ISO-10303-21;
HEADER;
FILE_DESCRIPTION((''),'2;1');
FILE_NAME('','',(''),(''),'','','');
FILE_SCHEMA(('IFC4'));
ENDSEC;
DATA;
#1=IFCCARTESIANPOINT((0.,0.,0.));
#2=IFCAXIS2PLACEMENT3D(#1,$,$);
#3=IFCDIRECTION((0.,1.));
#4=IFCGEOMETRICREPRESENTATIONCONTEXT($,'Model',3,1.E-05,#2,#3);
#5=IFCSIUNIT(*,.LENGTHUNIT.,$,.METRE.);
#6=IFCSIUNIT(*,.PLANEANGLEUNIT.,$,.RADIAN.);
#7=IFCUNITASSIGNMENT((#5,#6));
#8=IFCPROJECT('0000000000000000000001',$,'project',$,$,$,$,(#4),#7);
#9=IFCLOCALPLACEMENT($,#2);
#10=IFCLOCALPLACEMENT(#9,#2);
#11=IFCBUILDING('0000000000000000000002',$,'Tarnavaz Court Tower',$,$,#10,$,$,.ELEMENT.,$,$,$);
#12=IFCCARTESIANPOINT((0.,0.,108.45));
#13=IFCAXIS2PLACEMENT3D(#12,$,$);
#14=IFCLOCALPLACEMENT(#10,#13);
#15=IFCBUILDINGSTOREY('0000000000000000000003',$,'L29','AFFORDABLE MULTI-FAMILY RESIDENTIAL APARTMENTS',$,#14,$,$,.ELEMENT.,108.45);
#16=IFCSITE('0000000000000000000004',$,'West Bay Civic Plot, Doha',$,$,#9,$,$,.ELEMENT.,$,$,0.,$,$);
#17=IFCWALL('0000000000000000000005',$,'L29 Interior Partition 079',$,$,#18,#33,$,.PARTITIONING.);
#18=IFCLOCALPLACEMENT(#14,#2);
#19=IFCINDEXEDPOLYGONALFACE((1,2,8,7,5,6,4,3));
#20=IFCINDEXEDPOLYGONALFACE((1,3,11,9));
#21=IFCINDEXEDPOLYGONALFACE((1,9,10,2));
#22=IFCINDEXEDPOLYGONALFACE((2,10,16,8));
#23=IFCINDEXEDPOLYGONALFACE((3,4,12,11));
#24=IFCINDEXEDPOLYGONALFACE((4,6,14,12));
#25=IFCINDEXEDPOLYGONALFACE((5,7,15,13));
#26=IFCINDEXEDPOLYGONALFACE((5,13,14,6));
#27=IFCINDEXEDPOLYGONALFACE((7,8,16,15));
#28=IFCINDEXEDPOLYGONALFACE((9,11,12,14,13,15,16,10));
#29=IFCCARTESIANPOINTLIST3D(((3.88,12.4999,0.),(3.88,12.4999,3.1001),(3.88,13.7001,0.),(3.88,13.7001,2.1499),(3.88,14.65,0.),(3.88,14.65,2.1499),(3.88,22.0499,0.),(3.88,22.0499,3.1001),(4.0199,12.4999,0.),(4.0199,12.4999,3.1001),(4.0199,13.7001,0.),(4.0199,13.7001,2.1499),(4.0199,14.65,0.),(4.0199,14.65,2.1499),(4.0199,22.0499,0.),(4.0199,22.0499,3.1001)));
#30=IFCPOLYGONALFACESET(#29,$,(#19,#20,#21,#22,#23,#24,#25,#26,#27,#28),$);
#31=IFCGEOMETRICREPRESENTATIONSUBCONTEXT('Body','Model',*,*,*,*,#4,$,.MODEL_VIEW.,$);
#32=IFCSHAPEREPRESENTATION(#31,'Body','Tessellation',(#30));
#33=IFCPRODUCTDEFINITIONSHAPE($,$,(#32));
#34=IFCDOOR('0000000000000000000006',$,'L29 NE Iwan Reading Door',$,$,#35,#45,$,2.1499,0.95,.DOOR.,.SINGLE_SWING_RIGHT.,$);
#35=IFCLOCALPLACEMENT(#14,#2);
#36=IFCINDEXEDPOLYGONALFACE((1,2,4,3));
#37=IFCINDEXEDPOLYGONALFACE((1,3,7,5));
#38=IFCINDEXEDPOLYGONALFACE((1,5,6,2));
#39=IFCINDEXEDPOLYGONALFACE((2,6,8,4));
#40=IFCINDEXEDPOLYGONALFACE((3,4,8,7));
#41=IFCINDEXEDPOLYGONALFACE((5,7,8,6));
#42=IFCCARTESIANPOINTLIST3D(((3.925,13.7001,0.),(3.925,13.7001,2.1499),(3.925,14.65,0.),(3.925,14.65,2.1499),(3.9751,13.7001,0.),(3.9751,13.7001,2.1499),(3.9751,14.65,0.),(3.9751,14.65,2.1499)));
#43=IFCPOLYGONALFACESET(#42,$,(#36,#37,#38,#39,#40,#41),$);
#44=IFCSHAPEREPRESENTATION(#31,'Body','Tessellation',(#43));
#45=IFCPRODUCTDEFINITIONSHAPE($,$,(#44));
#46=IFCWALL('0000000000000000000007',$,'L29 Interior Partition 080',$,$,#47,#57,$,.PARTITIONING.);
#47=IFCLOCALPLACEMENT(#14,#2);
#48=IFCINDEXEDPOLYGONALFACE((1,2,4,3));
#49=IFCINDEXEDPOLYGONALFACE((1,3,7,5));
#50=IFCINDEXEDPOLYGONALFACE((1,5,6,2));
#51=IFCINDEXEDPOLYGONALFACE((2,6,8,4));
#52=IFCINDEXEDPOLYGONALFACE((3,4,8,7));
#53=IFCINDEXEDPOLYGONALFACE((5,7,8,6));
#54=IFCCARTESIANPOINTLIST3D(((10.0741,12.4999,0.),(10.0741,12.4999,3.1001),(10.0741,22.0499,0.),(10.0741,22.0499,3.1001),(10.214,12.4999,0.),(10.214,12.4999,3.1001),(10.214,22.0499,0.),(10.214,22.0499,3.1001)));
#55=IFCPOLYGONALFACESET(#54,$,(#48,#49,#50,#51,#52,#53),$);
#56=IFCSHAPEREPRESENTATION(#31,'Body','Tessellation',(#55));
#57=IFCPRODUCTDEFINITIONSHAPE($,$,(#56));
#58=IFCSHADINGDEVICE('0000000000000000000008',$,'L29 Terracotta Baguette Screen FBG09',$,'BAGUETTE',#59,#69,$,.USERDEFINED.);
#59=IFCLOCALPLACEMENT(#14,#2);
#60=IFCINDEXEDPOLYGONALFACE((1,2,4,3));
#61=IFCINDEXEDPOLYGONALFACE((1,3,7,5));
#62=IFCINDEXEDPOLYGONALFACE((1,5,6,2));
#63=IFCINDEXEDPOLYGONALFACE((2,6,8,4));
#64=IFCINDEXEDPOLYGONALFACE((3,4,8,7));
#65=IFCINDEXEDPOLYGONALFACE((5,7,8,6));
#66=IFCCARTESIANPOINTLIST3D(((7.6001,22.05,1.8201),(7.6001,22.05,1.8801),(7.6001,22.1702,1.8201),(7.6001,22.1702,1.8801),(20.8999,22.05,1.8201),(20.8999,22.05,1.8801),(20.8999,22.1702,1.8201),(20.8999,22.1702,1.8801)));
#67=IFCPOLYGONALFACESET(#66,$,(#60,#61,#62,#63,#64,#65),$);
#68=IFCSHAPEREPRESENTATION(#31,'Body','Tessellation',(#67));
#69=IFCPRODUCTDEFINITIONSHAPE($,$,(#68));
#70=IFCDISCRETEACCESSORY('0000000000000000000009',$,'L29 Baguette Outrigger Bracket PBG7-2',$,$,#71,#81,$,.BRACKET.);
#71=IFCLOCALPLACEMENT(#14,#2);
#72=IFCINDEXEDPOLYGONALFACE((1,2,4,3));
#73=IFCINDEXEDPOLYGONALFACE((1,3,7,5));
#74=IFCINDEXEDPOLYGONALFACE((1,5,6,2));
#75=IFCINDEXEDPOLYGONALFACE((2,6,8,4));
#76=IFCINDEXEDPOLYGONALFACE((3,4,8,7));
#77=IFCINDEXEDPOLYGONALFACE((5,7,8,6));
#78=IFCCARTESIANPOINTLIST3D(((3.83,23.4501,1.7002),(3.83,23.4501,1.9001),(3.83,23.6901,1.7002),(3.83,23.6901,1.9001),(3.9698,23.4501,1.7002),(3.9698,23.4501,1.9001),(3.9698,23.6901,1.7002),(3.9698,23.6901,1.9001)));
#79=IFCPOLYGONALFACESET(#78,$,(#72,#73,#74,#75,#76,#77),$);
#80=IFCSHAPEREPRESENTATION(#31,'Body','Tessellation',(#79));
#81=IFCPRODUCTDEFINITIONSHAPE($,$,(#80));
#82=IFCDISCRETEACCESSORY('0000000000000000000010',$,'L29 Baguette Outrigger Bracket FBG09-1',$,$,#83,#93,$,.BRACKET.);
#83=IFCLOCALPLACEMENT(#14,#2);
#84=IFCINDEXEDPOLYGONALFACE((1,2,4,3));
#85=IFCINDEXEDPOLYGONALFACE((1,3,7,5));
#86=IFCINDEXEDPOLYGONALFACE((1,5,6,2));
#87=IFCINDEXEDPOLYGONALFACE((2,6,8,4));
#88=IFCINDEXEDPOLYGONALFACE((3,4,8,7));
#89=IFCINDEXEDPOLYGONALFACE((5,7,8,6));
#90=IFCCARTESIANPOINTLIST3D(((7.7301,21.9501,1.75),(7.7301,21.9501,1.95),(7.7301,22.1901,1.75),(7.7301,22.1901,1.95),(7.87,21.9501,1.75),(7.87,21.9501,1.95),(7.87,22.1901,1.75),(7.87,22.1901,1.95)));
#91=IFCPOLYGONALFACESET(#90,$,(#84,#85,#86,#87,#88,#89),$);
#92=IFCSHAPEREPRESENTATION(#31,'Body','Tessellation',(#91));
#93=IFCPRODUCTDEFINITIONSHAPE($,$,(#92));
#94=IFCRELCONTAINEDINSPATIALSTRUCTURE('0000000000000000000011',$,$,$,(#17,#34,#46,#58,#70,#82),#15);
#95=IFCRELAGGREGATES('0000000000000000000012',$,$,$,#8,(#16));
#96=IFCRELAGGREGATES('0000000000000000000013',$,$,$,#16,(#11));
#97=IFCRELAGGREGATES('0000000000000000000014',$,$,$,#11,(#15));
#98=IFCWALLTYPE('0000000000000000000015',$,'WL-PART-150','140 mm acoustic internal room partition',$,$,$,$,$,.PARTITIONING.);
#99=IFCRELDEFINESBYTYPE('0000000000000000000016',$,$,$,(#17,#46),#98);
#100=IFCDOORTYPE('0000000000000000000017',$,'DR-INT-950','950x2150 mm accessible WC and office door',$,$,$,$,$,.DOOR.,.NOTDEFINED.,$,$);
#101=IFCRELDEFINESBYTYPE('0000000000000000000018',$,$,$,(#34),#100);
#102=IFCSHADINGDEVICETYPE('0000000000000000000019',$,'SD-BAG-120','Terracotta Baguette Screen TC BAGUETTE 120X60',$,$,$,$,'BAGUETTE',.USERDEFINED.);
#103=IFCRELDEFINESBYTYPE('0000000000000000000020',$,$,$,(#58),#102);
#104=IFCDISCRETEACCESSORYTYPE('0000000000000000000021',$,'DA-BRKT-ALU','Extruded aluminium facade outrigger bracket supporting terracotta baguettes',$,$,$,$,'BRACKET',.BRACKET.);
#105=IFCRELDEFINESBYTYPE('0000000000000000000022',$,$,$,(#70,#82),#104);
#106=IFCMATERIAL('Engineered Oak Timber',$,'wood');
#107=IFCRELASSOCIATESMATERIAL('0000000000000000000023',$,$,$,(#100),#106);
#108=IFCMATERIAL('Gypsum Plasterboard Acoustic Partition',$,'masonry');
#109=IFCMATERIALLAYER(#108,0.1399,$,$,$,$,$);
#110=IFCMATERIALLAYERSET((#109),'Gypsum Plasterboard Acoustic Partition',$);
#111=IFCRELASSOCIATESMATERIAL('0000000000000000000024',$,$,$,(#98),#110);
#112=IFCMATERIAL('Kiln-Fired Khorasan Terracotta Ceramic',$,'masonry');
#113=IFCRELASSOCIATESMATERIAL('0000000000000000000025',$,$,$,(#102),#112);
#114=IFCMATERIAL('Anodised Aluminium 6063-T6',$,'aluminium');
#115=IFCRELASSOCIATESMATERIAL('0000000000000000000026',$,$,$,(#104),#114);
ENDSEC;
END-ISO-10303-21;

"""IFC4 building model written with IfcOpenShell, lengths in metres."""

from ifc_helpers import new_model, si_unit, direction, frame, frame_2d, origin, origin_2d, place, context, subcontext, project, spatial, rectangle, extrude, material, layer, layer_set, material_profile, profile_set, type_object, element, fill, save


model = new_model("IFC4")

# Units and contexts
model_context = context("Model", 3, precision=1e-05, world=origin(), true_north=direction((0.0, 1.0)))
body_context = subcontext(model_context, "Body", "Model", "MODEL_VIEW")
ifc_project = project(units=[si_unit("LENGTHUNIT", "METRE"), si_unit("PLANEANGLEUNIT", "RADIAN")], contexts=[model_context])

# Site, building, storey
site_placement = place(None, origin())
site = spatial("IfcSite", under=ifc_project, at=site_placement, Name="West Bay Civic Plot, Doha", CompositionType="ELEMENT", RefElevation=0.0)
building_placement = place(site_placement, origin())
building = spatial("IfcBuilding", under=site, at=building_placement, Name="Tarnavaz Court Tower", CompositionType="ELEMENT")
storey_placement = place(building_placement, frame((0.0, 0.0, 108.45)))
storey = spatial("IfcBuildingStorey", under=building, at=storey_placement, Name="L29", Description="AFFORDABLE MULTI-FAMILY RESIDENTIAL APARTMENTS", CompositionType="ELEMENT", Elevation=108.45)

# Shared definitions
ifc_material_1 = material(Name="Anodised Aluminium 6063-T6", Category="aluminium")

# Shared definitions
ifc_material_2 = material(Name="Engineered Oak Timber", Category="wood")
door_type = type_object("IfcDoorType", Name="DR-INT-950", Description="950x2150 mm accessible WC and office door", OperationType="NOTDEFINED", PredefinedType="DOOR", material=ifc_material_2)

# Wall, opening, door
ifc_material_3 = material(Name="Gypsum Plasterboard Acoustic Partition", Category="masonry")
ifc_layer_1 = layer(ifc_material_3, 0.1399)
ifc_layer_set_1 = layer_set([ifc_layer_1], Name="Gypsum Plasterboard Acoustic Partition")
wall_type_1 = type_object("IfcWallType", Name="WL-PART-150", Description="140 mm acoustic internal room partition", PredefinedType="PARTITIONING", material=ifc_layer_set_1)
wall_1_placement = place(storey_placement, frame((3.95, 12.5, 0.0), z_axis=(0.0, 0.0, 1.0), x_axis=(0.0, 1.0, 0.0)))
wall_1 = element("IfcWall", 1, at=wall_1_placement, inside=storey, type_object=wall_type_1, Name="L29 Interior Partition 079", PredefinedType="PARTITIONING", context=body_context, shape_type="SweptSolid", body=[
    extrude(rectangle(XDim=9.55, YDim=0.1399, at=frame_2d((4.7749, 0.0))), origin(), (0.0, 0.0, 1.0), 3.1001),
])
opening_1_placement = place(wall_1_placement, frame((1.2, 0.0, 0.0)))
opening_1 = element("IfcOpeningElement", 2, at=opening_1_placement, cuts=wall_1, PredefinedType="OPENING", context=body_context, shape_type="SweptSolid", body=[
    extrude(rectangle(XDim=0.95, YDim=2.1499, at=frame_2d((0.4751, 1.075))), frame((0.0, 0.0798, 0.0), z_axis=(0.0, -1.0, 0.0), x_axis=(1.0, 0.0, 0.0)), (0.0, 0.0, 1.0), 0.1599),
])
door_1_placement = place(opening_1_placement, origin())
door_1 = element("IfcDoor", 3, at=door_1_placement, inside=storey, type_object=door_type, Name="L29 NE Iwan Reading Door", OperationType="SINGLE_SWING_RIGHT", OverallHeight=2.1499, OverallWidth=0.95, PredefinedType="DOOR", context=body_context, shape_type="SweptSolid", body=[
    extrude(rectangle(XDim=0.95, YDim=2.1499, at=frame_2d((0.4751, 1.075))), frame((0.0, 0.0249, 0.0), z_axis=(0.0, -1.0, 0.0), x_axis=(1.0, 0.0, 0.0)), (0.0, 0.0, 1.0), 0.05),
])
fill(opening_1, door_1)

# Wall
wall_2_placement = place(storey_placement, frame((10.144, 12.5, 0.0), z_axis=(0.0, 0.0, 1.0), x_axis=(0.0, 1.0, 0.0)))
element("IfcWall", 4, at=wall_2_placement, inside=storey, type_object=wall_type_1, Name="L29 Interior Partition 080", PredefinedType="PARTITIONING", context=body_context, shape_type="SweptSolid", body=[
    extrude(rectangle(XDim=9.55, YDim=0.1399, at=frame_2d((4.7749, 0.0))), origin(), (0.0, 0.0, 1.0), 3.1001),
])

# Shading device
ifc_material_4 = material(Name="Kiln-Fired Khorasan Terracotta Ceramic", Category="masonry")
ifc_material_profile_1 = material_profile(ifc_material_4, rectangle(XDim=0.1201, YDim=0.0601, at=origin_2d()), Name="TC BAGUETTE 120X60")
ifc_profile_set_1 = profile_set([ifc_material_profile_1], Name="Kiln-Fired Khorasan Terracotta Ceramic")
shading_device_type = type_object("IfcShadingDeviceType", Name="SD-BAG-120", Description="Terracotta Baguette Screen TC BAGUETTE 120X60", ElementType="BAGUETTE", PredefinedType="USERDEFINED", material=ifc_profile_set_1)
shading_device_placement = place(storey_placement, frame((7.6001, 22.1101, 1.8501), z_axis=(1.0, 0.0, 0.0), x_axis=(0.0, 1.0, 0.0)))
element("IfcShadingDevice", 5, at=shading_device_placement, inside=storey, type_object=shading_device_type, Name="L29 Terracotta Baguette Screen FBG09", ObjectType="BAGUETTE", PredefinedType="USERDEFINED", context=body_context, shape_type="SweptSolid", body=[
    extrude(rectangle(XDim=0.1201, YDim=0.0601, at=origin_2d()), origin(), (0.0, 0.0, 1.0), 13.2998),
])

# Discrete accessories
discrete_accessory_type = type_object("IfcDiscreteAccessoryType", Name="DA-BRKT-ALU", Description="Extruded aluminium facade outrigger bracket supporting terracotta baguettes", ElementType="BRACKET", PredefinedType="BRACKET", material=ifc_material_1)
for number, where, z_axis, x_axis, name in (
    (6, (3.8999, 23.5701, 1.7002), (0.0, 0.0, 1.0), (1.0, 0.0, 0.0), "L29 Baguette Outrigger Bracket PBG7-2"),
    (7, (7.8, 22.0701, 1.75), (0.0, 0.0, 1.0), (1.0, 0.0, 0.0), "L29 Baguette Outrigger Bracket FBG09-1"),
):
    element("IfcDiscreteAccessory", number, at=place(storey_placement, frame(where, z_axis=z_axis, x_axis=x_axis)), inside=storey, type_object=discrete_accessory_type, Name=name, PredefinedType="BRACKET", context=body_context, shape_type="SweptSolid", body=[
        extrude(rectangle(XDim=0.1399, YDim=0.24, at=origin_2d()), origin(), (0.0, 0.0, 1.0), 0.2),
    ])

save(model, "model.ifc")
